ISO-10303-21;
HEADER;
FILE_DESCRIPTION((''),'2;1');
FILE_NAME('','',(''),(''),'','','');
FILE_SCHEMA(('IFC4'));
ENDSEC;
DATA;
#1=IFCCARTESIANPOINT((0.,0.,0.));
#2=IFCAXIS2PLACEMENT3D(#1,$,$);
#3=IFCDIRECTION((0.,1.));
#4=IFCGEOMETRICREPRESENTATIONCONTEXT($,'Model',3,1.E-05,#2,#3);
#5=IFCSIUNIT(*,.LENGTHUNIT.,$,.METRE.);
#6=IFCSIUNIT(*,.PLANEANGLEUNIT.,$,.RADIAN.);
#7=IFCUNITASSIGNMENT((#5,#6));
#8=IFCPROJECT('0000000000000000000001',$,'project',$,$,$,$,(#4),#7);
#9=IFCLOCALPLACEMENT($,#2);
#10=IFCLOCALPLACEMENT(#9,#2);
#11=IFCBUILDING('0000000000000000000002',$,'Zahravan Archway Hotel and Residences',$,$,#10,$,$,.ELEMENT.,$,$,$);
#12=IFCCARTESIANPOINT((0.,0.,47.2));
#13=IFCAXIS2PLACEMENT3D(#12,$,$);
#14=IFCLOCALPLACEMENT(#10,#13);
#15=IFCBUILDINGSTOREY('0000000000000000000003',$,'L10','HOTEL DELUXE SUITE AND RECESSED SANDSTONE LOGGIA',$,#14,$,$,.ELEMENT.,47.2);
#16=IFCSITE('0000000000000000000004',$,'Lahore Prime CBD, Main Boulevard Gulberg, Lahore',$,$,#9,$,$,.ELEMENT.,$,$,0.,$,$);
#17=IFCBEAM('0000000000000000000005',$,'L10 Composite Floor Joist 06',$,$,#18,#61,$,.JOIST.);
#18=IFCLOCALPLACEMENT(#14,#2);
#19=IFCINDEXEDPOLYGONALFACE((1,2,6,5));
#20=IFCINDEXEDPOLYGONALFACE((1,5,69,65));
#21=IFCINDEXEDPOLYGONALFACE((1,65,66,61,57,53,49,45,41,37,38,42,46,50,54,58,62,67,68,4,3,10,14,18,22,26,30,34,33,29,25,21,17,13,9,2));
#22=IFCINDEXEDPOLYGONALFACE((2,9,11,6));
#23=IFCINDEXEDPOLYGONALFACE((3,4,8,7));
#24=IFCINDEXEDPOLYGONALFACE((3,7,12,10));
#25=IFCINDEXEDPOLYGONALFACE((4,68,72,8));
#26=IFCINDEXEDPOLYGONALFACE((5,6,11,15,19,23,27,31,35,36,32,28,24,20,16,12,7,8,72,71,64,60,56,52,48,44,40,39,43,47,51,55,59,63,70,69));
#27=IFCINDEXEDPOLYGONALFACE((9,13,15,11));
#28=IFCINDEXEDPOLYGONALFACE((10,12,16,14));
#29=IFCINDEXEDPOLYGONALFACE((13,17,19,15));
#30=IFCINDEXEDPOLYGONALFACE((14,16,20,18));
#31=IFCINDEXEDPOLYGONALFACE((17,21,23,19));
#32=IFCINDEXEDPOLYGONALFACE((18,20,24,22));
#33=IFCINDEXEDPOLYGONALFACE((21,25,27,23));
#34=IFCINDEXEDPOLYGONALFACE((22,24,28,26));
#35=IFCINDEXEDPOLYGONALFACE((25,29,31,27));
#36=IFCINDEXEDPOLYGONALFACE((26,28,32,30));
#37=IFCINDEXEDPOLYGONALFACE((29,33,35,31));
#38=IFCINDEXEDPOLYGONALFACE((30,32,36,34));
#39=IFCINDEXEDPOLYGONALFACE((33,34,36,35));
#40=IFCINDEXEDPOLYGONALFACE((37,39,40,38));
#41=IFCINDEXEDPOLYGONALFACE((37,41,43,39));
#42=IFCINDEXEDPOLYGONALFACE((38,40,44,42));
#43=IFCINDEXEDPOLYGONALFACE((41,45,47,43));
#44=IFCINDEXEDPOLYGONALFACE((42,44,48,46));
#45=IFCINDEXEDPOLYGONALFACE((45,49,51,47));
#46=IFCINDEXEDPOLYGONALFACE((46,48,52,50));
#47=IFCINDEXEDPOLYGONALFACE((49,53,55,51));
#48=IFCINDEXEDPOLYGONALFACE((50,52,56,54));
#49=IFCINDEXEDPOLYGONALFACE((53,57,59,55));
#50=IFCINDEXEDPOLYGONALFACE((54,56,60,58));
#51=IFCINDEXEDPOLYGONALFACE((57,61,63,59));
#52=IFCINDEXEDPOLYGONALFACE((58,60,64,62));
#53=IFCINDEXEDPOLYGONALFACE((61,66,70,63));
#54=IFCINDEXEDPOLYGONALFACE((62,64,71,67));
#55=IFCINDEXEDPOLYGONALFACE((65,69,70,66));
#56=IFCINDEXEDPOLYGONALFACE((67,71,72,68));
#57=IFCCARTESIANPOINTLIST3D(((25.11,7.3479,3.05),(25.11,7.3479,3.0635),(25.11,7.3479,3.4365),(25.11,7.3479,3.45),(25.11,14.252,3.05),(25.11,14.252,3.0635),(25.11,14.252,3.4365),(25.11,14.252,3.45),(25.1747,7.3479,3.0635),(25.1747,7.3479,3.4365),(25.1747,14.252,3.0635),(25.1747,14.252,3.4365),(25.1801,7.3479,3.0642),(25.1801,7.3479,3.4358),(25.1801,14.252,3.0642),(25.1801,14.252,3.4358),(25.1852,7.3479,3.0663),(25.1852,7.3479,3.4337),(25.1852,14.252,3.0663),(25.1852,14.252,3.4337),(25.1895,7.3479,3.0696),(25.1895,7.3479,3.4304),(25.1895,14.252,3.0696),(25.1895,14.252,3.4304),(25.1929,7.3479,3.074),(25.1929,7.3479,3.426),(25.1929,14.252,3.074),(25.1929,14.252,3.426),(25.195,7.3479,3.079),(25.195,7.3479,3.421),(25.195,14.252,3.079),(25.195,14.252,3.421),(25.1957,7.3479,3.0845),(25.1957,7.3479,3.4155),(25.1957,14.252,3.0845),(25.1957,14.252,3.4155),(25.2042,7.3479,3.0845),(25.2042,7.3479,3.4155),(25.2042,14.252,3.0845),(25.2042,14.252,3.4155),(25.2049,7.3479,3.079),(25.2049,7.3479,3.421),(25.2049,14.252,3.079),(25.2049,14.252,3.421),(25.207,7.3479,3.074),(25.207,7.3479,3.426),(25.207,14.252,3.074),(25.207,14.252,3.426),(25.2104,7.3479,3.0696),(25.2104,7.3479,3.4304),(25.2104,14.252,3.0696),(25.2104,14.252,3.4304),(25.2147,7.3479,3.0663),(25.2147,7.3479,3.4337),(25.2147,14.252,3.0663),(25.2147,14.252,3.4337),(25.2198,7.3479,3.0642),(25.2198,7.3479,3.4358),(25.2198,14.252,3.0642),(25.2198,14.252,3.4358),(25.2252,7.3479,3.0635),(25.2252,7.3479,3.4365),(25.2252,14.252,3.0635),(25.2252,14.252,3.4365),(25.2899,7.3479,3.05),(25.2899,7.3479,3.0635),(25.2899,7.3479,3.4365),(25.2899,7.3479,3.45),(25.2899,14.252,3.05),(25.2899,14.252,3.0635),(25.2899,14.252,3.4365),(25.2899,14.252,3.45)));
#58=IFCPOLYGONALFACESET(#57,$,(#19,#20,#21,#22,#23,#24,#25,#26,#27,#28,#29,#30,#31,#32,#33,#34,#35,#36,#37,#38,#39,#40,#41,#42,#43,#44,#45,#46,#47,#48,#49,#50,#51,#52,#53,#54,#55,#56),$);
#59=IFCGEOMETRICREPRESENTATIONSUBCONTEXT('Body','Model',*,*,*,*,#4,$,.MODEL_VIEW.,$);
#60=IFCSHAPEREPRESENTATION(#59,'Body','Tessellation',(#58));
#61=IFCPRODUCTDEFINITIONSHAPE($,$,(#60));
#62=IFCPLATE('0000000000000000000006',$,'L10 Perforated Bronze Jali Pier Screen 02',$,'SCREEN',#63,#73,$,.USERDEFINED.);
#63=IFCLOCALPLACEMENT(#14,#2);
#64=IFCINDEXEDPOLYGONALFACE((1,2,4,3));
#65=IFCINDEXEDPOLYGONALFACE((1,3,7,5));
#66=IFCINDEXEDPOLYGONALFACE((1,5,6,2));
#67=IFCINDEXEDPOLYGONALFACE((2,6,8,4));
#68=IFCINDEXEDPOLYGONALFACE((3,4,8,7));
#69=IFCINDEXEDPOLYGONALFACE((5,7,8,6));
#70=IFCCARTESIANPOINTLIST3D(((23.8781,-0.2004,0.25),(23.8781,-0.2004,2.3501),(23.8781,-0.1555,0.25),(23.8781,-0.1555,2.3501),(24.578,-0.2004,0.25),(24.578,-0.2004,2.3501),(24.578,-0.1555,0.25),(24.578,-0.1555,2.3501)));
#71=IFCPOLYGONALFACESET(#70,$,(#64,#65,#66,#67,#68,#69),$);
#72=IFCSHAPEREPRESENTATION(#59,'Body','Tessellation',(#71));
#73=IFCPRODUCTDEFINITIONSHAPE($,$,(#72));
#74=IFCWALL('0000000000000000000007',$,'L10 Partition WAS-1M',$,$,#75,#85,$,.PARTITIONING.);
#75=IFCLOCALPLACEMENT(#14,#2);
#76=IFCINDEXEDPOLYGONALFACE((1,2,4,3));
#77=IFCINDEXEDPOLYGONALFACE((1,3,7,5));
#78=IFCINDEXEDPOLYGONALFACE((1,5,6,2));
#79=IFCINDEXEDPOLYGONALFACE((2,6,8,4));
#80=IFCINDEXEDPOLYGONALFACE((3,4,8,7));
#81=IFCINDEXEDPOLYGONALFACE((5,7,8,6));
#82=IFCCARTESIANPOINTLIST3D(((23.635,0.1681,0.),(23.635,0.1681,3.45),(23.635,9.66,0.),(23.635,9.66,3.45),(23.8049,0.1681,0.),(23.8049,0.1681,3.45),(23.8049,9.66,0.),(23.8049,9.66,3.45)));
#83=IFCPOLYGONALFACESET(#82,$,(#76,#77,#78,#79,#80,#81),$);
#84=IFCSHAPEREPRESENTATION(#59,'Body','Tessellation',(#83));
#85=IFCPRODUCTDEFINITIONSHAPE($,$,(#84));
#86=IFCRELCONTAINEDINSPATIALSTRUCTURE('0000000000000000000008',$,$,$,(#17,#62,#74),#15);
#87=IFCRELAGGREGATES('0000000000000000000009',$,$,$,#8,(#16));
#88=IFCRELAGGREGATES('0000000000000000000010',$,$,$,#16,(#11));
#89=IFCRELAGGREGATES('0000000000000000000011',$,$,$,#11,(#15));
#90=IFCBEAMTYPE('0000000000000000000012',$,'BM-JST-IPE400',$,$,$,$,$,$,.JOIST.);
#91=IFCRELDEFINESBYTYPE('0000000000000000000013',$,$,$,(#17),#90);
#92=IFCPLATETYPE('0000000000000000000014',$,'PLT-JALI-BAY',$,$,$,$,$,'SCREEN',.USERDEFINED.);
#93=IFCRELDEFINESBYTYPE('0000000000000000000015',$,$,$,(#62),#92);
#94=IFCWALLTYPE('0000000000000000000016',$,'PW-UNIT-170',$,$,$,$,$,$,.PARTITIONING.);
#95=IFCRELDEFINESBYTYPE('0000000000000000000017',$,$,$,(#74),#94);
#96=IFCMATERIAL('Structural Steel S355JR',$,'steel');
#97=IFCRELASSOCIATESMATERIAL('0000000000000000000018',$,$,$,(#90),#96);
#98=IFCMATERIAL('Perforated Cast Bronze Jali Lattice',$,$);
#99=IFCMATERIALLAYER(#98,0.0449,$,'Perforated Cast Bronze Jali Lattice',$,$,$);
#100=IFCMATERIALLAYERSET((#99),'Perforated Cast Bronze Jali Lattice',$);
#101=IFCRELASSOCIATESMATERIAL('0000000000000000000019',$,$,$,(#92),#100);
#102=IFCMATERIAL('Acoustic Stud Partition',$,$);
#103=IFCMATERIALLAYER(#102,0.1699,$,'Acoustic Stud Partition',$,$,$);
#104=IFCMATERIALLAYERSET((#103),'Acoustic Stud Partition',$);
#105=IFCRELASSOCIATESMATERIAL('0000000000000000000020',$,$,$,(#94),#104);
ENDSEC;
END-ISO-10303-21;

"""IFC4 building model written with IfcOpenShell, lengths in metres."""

from ifc_helpers import new_model, si_unit, direction, frame, frame_2d, origin, origin_2d, place, context, subcontext, project, spatial, rectangle, i_section, extrude, source, transform, mapped, material, layer, layer_set, material_profile, profile_set, type_object, type_shapes, element, save


model = new_model("IFC4")

# Units and contexts
model_context = context("Model", 3, precision=1e-05, world=origin(), true_north=direction((0.0, 1.0)))
body_context = subcontext(model_context, "Body", "Model", "MODEL_VIEW")
ifc_project = project(units=[si_unit("LENGTHUNIT", "METRE"), si_unit("PLANEANGLEUNIT", "RADIAN")], contexts=[model_context])

# Site, building, storey
site_placement = place(None, origin())
site = spatial("IfcSite", under=ifc_project, at=site_placement, Name="Lahore Prime CBD, Main Boulevard Gulberg, Lahore", CompositionType="ELEMENT", RefElevation=0.0)
building_placement = place(site_placement, origin())
building = spatial("IfcBuilding", under=site, at=building_placement, Name="Zahravan Archway Hotel and Residences", CompositionType="ELEMENT")
storey_placement = place(building_placement, frame((0.0, 0.0, 47.2)))
storey = spatial("IfcBuildingStorey", under=building, at=storey_placement, Name="L10", Description="HOTEL DELUXE SUITE AND RECESSED SANDSTONE LOGGIA", CompositionType="ELEMENT", Elevation=47.2)

# Beam
ifc_material_1 = material(Name="Structural Steel S355JR", Category="steel")
ifc_material_profile_1 = material_profile(ifc_material_1, i_section(OverallWidth=0.1799, OverallDepth=0.3999, WebThickness=0.0085, FlangeThickness=0.0134, FilletRadius=0.021, at=origin_2d()), Name="IPE 400", Category="steel")
ifc_profile_set_1 = profile_set([ifc_material_profile_1], Name="Structural Steel S355JR")
beam_type_1 = type_object("IfcBeamType", Name="BM-JST-IPE400", PredefinedType="JOIST", material=ifc_profile_set_1)
shared_shape_1 = source(origin(), body_context, "Body", "SweptSolid", [
    extrude(i_section(OverallWidth=0.1799, OverallDepth=0.3999, WebThickness=0.0085, FlangeThickness=0.0134, FilletRadius=0.021, at=origin_2d()), origin(), (0.0, 0.0, 1.0), 6.9041),
])
type_shapes(beam_type_1, [shared_shape_1])
for number, where, z_axis, x_axis, name in (
    (1, (25.2, 7.3479, 3.25), (0.0, 1.0, 0.0), (-1.0, 0.0, 0.0), "L10 Composite Floor Joist 06"),
):
    element("IfcBeam", number, at=place(storey_placement, frame(where, z_axis=z_axis, x_axis=x_axis)), inside=storey, type_object=beam_type_1, Name=name, PredefinedType="JOIST", context=body_context, shape_type="MappedRepresentation", body=[
        mapped(shared_shape_1, transform((0.0, 0.0, 0.0), scale=1.0)),
    ])

# Plate
ifc_material_2 = material(Name="Perforated Cast Bronze Jali Lattice")
ifc_layer_1 = layer(ifc_material_2, 0.0449, Name="Perforated Cast Bronze Jali Lattice")
ifc_layer_set_1 = layer_set([ifc_layer_1], Name="Perforated Cast Bronze Jali Lattice")
plate_type = type_object("IfcPlateType", Name="PLT-JALI-BAY", ElementType="SCREEN", PredefinedType="USERDEFINED", material=ifc_layer_set_1)
shared_shape_2 = source(origin(), body_context, "Body", "SweptSolid", [
    extrude(rectangle(XDim=0.7, YDim=0.0449, at=origin_2d()), origin(), (0.0, 0.0, 1.0), 2.1001),
])
type_shapes(plate_type, [shared_shape_2])
plate_placement = place(storey_placement, frame((24.228, -0.178, 0.25), z_axis=(0.0, 0.0, 1.0), x_axis=(1.0, 0.0, 0.0)))
element("IfcPlate", 2, at=plate_placement, inside=storey, type_object=plate_type, Name="L10 Perforated Bronze Jali Pier Screen 02", ObjectType="SCREEN", PredefinedType="USERDEFINED", context=body_context, shape_type="MappedRepresentation", body=[
    mapped(shared_shape_2, transform((0.0, 0.0, 0.0), scale=1.0)),
])

# Wall
ifc_material_3 = material(Name="Acoustic Stud Partition")
ifc_layer_2 = layer(ifc_material_3, 0.1699, Name="Acoustic Stud Partition")
ifc_layer_set_2 = layer_set([ifc_layer_2], Name="Acoustic Stud Partition")
wall_type = type_object("IfcWallType", Name="PW-UNIT-170", PredefinedType="PARTITIONING", material=ifc_layer_set_2)
wall_placement = place(storey_placement, frame((23.72, 0.168, 0.0), z_axis=(0.0, 0.0, 1.0), x_axis=(0.0, 1.0, 0.0)))
element("IfcWall", 3, at=wall_placement, inside=storey, type_object=wall_type, Name="L10 Partition WAS-1M", PredefinedType="PARTITIONING", context=body_context, shape_type="SweptSolid", body=[
    extrude(rectangle(XDim=9.4919, YDim=0.1699, at=frame_2d((4.7461, 0.0))), origin(), (0.0, 0.0, 1.0), 3.45),
])

save(model, "model.ifc")
